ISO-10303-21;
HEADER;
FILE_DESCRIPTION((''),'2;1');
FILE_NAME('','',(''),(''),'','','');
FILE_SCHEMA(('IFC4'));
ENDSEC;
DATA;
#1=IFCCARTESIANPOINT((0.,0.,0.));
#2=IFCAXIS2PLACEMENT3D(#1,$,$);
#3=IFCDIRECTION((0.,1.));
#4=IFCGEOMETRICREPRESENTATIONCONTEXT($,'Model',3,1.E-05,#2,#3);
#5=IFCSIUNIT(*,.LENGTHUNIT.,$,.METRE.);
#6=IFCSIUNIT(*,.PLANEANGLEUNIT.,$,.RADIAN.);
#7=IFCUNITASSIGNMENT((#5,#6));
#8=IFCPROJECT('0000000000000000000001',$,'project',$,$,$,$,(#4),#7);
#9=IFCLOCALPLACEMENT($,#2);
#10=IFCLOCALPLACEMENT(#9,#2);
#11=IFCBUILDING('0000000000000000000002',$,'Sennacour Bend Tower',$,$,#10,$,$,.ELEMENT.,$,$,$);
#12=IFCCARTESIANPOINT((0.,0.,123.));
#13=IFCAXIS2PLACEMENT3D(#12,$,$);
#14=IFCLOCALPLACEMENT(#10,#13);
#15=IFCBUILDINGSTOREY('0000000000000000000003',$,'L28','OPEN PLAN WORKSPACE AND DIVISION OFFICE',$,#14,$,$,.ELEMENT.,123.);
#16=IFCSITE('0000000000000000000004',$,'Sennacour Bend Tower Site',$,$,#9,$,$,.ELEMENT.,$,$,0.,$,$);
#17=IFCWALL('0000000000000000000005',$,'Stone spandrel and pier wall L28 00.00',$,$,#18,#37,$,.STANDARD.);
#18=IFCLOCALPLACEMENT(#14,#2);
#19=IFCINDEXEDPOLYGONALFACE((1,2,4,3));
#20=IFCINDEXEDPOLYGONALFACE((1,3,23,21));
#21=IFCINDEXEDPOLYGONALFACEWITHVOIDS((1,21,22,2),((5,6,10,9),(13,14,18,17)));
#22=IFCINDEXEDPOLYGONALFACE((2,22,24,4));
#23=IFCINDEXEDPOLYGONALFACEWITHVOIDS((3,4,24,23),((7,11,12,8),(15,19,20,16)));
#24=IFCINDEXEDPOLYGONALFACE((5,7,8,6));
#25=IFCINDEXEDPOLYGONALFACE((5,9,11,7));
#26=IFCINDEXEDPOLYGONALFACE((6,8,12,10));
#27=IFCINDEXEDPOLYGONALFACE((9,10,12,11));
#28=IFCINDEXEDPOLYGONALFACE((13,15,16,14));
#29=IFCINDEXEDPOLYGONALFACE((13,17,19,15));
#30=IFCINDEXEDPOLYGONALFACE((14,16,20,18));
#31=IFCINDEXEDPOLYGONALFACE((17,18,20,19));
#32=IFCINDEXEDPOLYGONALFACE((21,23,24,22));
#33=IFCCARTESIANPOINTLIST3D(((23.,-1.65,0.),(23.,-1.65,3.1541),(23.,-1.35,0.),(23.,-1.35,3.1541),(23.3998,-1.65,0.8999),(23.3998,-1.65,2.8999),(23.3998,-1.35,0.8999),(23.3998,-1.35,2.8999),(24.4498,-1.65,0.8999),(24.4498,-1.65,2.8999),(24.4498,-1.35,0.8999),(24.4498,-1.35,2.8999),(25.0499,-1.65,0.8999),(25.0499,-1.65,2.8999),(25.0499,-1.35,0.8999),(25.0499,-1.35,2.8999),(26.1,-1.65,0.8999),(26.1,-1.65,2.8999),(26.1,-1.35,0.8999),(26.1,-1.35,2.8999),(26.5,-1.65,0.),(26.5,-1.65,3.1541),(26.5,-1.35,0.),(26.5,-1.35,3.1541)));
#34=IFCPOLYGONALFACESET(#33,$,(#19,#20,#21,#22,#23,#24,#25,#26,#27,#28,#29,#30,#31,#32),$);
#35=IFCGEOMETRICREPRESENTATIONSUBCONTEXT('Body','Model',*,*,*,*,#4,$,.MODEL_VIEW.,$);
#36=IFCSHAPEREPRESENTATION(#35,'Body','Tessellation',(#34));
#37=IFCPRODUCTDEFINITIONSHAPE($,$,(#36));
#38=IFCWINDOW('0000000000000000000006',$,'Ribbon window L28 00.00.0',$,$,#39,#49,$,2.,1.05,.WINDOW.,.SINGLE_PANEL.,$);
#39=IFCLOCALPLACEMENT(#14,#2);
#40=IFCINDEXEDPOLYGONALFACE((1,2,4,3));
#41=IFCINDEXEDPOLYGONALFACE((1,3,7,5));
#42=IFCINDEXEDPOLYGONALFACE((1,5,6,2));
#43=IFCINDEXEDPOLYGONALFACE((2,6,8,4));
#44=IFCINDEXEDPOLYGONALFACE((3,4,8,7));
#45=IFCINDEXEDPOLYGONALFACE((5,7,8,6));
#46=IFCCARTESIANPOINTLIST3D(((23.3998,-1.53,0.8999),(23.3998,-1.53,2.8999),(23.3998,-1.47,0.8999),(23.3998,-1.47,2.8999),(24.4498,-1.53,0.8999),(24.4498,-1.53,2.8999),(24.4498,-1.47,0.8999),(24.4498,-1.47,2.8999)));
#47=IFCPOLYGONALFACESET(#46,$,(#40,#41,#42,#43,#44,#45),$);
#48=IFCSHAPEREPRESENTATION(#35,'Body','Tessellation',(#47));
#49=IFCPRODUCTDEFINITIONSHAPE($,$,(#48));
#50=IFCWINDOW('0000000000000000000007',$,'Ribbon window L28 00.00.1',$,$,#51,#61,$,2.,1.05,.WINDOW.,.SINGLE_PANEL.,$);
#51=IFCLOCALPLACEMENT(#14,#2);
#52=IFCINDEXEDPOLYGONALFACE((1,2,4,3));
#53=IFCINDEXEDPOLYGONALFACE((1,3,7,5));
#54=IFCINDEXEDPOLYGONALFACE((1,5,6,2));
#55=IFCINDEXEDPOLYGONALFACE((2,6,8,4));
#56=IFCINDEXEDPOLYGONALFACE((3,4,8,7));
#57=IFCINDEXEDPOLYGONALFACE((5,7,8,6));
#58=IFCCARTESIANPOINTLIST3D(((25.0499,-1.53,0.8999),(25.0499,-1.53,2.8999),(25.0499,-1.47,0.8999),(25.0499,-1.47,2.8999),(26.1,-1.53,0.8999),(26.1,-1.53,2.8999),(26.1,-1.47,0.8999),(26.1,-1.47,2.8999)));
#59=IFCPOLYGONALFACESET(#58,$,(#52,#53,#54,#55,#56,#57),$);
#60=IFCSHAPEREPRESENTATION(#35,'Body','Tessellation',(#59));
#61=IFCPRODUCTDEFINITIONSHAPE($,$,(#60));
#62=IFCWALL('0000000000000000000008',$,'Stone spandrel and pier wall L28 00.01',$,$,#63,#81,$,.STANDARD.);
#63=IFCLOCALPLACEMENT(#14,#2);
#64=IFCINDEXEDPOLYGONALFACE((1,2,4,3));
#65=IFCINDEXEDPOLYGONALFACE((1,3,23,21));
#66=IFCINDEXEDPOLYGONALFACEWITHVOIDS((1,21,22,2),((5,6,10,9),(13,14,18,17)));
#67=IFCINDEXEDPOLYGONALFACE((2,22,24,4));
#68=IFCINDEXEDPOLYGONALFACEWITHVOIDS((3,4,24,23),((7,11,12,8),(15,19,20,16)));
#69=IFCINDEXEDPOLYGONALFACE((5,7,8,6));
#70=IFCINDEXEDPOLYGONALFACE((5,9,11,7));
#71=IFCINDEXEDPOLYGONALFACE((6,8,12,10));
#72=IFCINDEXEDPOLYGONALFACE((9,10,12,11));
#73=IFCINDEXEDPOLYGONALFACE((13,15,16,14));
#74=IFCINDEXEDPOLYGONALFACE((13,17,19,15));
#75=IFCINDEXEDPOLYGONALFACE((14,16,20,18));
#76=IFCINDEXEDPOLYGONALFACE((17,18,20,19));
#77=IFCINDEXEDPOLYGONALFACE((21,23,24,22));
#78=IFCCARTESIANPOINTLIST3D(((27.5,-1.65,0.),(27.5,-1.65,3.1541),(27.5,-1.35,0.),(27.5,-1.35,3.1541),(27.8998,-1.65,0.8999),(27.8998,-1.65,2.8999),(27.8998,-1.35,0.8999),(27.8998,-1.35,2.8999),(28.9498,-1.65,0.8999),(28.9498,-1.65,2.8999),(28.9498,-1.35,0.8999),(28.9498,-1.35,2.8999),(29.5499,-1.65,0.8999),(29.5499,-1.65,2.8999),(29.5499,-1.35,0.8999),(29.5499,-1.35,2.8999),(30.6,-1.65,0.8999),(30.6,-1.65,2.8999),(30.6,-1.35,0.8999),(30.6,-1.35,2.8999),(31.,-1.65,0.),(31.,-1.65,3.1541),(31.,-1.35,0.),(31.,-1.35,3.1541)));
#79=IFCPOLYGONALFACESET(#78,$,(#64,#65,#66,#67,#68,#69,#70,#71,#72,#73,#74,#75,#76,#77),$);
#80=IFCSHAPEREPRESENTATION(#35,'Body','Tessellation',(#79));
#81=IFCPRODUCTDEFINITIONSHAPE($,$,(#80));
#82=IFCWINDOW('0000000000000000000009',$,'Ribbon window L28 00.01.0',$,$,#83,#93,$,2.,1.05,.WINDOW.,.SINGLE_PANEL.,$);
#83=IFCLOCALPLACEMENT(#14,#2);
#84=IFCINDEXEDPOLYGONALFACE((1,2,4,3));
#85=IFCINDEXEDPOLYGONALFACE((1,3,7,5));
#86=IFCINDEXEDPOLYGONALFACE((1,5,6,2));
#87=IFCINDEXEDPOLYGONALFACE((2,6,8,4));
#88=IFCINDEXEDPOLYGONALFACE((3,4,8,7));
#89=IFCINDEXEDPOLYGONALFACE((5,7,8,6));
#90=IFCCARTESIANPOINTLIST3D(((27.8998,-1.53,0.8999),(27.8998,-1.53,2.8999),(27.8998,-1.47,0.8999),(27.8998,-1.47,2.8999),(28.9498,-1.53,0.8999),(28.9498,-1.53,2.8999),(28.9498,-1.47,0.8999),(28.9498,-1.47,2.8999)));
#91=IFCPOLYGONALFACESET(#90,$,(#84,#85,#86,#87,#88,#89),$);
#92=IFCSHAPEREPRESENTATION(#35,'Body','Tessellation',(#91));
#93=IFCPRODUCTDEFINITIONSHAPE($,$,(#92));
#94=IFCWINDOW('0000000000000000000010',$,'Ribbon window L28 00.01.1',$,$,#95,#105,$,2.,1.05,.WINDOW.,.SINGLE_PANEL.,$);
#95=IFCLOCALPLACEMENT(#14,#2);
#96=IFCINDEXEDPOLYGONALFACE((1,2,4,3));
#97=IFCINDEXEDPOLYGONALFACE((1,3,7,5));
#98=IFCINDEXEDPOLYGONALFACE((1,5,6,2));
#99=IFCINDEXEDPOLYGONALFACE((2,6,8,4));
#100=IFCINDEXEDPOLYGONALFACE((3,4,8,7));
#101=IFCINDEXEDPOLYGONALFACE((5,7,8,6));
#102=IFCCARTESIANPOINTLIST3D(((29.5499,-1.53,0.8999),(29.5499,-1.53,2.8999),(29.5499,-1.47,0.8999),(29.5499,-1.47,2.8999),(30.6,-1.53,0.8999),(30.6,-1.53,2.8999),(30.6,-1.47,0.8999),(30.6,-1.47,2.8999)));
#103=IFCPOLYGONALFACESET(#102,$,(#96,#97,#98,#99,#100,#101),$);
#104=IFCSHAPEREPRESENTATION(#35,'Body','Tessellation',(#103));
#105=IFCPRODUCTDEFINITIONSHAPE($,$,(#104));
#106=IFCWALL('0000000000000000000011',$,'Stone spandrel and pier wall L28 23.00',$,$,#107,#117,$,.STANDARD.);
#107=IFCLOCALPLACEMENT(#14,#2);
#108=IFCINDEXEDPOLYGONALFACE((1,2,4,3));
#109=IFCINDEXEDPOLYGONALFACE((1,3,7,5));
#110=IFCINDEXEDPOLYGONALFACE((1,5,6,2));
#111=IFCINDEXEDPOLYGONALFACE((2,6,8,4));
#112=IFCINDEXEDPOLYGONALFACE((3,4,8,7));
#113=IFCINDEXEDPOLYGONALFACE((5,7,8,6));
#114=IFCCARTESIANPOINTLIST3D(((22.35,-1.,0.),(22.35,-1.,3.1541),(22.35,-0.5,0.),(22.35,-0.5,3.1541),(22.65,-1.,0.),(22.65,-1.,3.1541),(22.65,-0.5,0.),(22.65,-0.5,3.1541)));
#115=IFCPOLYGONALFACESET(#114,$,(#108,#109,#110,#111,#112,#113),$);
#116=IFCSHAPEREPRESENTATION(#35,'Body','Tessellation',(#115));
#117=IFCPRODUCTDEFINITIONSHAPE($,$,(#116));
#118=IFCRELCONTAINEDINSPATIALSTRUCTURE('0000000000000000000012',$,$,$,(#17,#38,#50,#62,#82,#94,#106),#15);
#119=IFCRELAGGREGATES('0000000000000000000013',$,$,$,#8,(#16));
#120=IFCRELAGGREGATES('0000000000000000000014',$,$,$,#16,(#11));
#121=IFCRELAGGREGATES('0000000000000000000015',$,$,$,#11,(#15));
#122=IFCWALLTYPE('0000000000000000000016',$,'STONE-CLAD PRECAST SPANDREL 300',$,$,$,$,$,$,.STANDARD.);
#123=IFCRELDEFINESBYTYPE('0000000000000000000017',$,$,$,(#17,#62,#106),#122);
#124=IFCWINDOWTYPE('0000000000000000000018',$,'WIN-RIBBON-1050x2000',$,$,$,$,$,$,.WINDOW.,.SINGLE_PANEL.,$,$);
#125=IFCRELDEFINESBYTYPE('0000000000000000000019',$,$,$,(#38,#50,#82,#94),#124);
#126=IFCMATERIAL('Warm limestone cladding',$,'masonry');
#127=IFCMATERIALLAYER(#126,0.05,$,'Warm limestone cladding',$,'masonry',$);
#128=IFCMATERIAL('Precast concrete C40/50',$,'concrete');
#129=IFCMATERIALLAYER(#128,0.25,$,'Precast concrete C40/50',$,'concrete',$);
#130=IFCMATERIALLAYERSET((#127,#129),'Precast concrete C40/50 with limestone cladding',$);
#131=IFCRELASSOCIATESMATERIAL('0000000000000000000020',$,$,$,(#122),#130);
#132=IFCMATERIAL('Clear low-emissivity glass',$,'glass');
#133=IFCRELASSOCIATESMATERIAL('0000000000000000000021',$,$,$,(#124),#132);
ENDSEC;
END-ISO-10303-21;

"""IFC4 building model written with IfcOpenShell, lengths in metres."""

from ifc_helpers import new_model, si_unit, direction, frame, frame_2d, origin, place, context, subcontext, project, spatial, rectangle, extrude, material, layer, layer_set, type_object, element, fill, save


model = new_model("IFC4")

# Units and contexts
model_context = context("Model", 3, precision=1e-05, world=origin(), true_north=direction((0.0, 1.0)))
body_context = subcontext(model_context, "Body", "Model", "MODEL_VIEW")
ifc_project = project(units=[si_unit("LENGTHUNIT", "METRE"), si_unit("PLANEANGLEUNIT", "RADIAN")], contexts=[model_context])

# Site, building, storey
site_placement = place(None, origin())
site = spatial("IfcSite", under=ifc_project, at=site_placement, Name="Sennacour Bend Tower Site", CompositionType="ELEMENT", RefElevation=0.0)
building_placement = place(site_placement, origin())
building = spatial("IfcBuilding", under=site, at=building_placement, Name="Sennacour Bend Tower", CompositionType="ELEMENT")
storey_placement = place(building_placement, frame((0.0, 0.0, 123.0)))
storey = spatial("IfcBuildingStorey", under=building, at=storey_placement, Name="L28", Description="OPEN PLAN WORKSPACE AND DIVISION OFFICE", CompositionType="ELEMENT", Elevation=123.0)

# Walls, openings, windows
ifc_material_1 = material(Name="Warm limestone cladding", Category="masonry")
ifc_layer_1 = layer(ifc_material_1, 0.05, Name="Warm limestone cladding", Category="masonry")
ifc_material_2 = material(Name="Precast concrete C40/50", Category="concrete")
ifc_layer_2 = layer(ifc_material_2, 0.25, Name="Precast concrete C40/50", Category="concrete")
ifc_layer_set_1 = layer_set([ifc_layer_1, ifc_layer_2], Name="Precast concrete C40/50 with limestone cladding")
wall_type_1 = type_object("IfcWallType", Name="STONE-CLAD PRECAST SPANDREL 300", PredefinedType="STANDARD", material=ifc_layer_set_1)
wall_1_placement = place(storey_placement, frame((23.0, -1.5, 0.0), z_axis=(0.0, 0.0, 1.0), x_axis=(1.0, 0.0, 0.0)))
wall_1 = element("IfcWall", 1, at=wall_1_placement, inside=storey, type_object=wall_type_1, Name="Stone spandrel and pier wall L28 00.00", PredefinedType="STANDARD", context=body_context, shape_type="SweptSolid", body=[
    extrude(rectangle(XDim=3.5, YDim=0.3, at=frame_2d((1.75, 0.0))), origin(), (0.0, 0.0, 1.0), 3.1541),
])
opening_1_placement = place(wall_1_placement, frame((0.3999, 0.0, 0.8999)))
opening_1 = element("IfcOpeningElement", 2, at=opening_1_placement, cuts=wall_1, PredefinedType="OPENING", context=body_context, shape_type="SweptSolid", body=[
    extrude(rectangle(XDim=1.05, YDim=2.0, at=frame_2d((0.5249, 1.0))), frame((0.0, 0.1602, 0.0), z_axis=(0.0, -1.0, 0.0), x_axis=(1.0, 0.0, 0.0)), (0.0, 0.0, 1.0), 0.3201),
])
opening_2_placement = place(wall_1_placement, frame((2.05, 0.0, 0.8999)))
opening_2 = element("IfcOpeningElement", 3, at=opening_2_placement, cuts=wall_1, PredefinedType="OPENING", context=body_context, shape_type="SweptSolid", body=[
    extrude(rectangle(XDim=1.05, YDim=2.0, at=frame_2d((0.5249, 1.0))), frame((0.0, 0.1602, 0.0), z_axis=(0.0, -1.0, 0.0), x_axis=(1.0, 0.0, 0.0)), (0.0, 0.0, 1.0), 0.3201),
])
ifc_material_3 = material(Name="Clear low-emissivity glass", Category="glass")
window_type = type_object("IfcWindowType", Name="WIN-RIBBON-1050x2000", PartitioningType="SINGLE_PANEL", PredefinedType="WINDOW", material=ifc_material_3)
window_1_placement = place(opening_1_placement, origin())
window_1 = element("IfcWindow", 4, at=window_1_placement, inside=storey, type_object=window_type, Name="Ribbon window L28 00.00.0", OverallHeight=2.0, OverallWidth=1.05, PartitioningType="SINGLE_PANEL", PredefinedType="WINDOW", context=body_context, shape_type="SweptSolid", body=[
    extrude(rectangle(XDim=1.05, YDim=2.0, at=frame_2d((0.5249, 1.0))), frame((0.0, 0.03, 0.0), z_axis=(0.0, -1.0, 0.0), x_axis=(1.0, 0.0, 0.0)), (0.0, 0.0, 1.0), 0.0601),
])
fill(opening_1, window_1)
window_2_placement = place(opening_2_placement, origin())
window_2 = element("IfcWindow", 5, at=window_2_placement, inside=storey, type_object=window_type, Name="Ribbon window L28 00.00.1", OverallHeight=2.0, OverallWidth=1.05, PartitioningType="SINGLE_PANEL", PredefinedType="WINDOW", context=body_context, shape_type="SweptSolid", body=[
    extrude(rectangle(XDim=1.05, YDim=2.0, at=frame_2d((0.5249, 1.0))), frame((0.0, 0.03, 0.0), z_axis=(0.0, -1.0, 0.0), x_axis=(1.0, 0.0, 0.0)), (0.0, 0.0, 1.0), 0.0601),
])
fill(opening_2, window_2)
wall_2_placement = place(storey_placement, frame((27.5, -1.5, 0.0), z_axis=(0.0, 0.0, 1.0), x_axis=(1.0, 0.0, 0.0)))
wall_2 = element("IfcWall", 6, at=wall_2_placement, inside=storey, type_object=wall_type_1, Name="Stone spandrel and pier wall L28 00.01", PredefinedType="STANDARD", context=body_context, shape_type="SweptSolid", body=[
    extrude(rectangle(XDim=3.5, YDim=0.3, at=frame_2d((1.75, 0.0))), origin(), (0.0, 0.0, 1.0), 3.1541),
])
opening_3_placement = place(wall_2_placement, frame((0.3999, 0.0, 0.8999)))
opening_3 = element("IfcOpeningElement", 7, at=opening_3_placement, cuts=wall_2, PredefinedType="OPENING", context=body_context, shape_type="SweptSolid", body=[
    extrude(rectangle(XDim=1.05, YDim=2.0, at=frame_2d((0.5249, 1.0))), frame((0.0, 0.1602, 0.0), z_axis=(0.0, -1.0, 0.0), x_axis=(1.0, 0.0, 0.0)), (0.0, 0.0, 1.0), 0.3201),
])
opening_4_placement = place(wall_2_placement, frame((2.05, 0.0, 0.8999)))
opening_4 = element("IfcOpeningElement", 8, at=opening_4_placement, cuts=wall_2, PredefinedType="OPENING", context=body_context, shape_type="SweptSolid", body=[
    extrude(rectangle(XDim=1.05, YDim=2.0, at=frame_2d((0.5249, 1.0))), frame((0.0, 0.1602, 0.0), z_axis=(0.0, -1.0, 0.0), x_axis=(1.0, 0.0, 0.0)), (0.0, 0.0, 1.0), 0.3201),
])
window_3_placement = place(opening_3_placement, origin())
window_3 = element("IfcWindow", 9, at=window_3_placement, inside=storey, type_object=window_type, Name="Ribbon window L28 00.01.0", OverallHeight=2.0, OverallWidth=1.05, PartitioningType="SINGLE_PANEL", PredefinedType="WINDOW", context=body_context, shape_type="SweptSolid", body=[
    extrude(rectangle(XDim=1.05, YDim=2.0, at=frame_2d((0.5249, 1.0))), frame((0.0, 0.03, 0.0), z_axis=(0.0, -1.0, 0.0), x_axis=(1.0, 0.0, 0.0)), (0.0, 0.0, 1.0), 0.0601),
])
fill(opening_3, window_3)
window_4_placement = place(opening_4_placement, origin())
window_4 = element("IfcWindow", 10, at=window_4_placement, inside=storey, type_object=window_type, Name="Ribbon window L28 00.01.1", OverallHeight=2.0, OverallWidth=1.05, PartitioningType="SINGLE_PANEL", PredefinedType="WINDOW", context=body_context, shape_type="SweptSolid", body=[
    extrude(rectangle(XDim=1.05, YDim=2.0, at=frame_2d((0.5249, 1.0))), frame((0.0, 0.03, 0.0), z_axis=(0.0, -1.0, 0.0), x_axis=(1.0, 0.0, 0.0)), (0.0, 0.0, 1.0), 0.0601),
])
fill(opening_4, window_4)

# Wall
wall_3_placement = place(storey_placement, frame((22.5, -0.5, 0.0), z_axis=(0.0, 0.0, 1.0), x_axis=(0.0, -1.0, 0.0)))
element("IfcWall", 11, at=wall_3_placement, inside=storey, type_object=wall_type_1, Name="Stone spandrel and pier wall L28 23.00", PredefinedType="STANDARD", context=body_context, shape_type="SweptSolid", body=[
    extrude(rectangle(XDim=0.5, YDim=0.3, at=frame_2d((0.25, 0.0))), origin(), (0.0, 0.0, 1.0), 3.1541),
])

save(model, "model.ifc")
